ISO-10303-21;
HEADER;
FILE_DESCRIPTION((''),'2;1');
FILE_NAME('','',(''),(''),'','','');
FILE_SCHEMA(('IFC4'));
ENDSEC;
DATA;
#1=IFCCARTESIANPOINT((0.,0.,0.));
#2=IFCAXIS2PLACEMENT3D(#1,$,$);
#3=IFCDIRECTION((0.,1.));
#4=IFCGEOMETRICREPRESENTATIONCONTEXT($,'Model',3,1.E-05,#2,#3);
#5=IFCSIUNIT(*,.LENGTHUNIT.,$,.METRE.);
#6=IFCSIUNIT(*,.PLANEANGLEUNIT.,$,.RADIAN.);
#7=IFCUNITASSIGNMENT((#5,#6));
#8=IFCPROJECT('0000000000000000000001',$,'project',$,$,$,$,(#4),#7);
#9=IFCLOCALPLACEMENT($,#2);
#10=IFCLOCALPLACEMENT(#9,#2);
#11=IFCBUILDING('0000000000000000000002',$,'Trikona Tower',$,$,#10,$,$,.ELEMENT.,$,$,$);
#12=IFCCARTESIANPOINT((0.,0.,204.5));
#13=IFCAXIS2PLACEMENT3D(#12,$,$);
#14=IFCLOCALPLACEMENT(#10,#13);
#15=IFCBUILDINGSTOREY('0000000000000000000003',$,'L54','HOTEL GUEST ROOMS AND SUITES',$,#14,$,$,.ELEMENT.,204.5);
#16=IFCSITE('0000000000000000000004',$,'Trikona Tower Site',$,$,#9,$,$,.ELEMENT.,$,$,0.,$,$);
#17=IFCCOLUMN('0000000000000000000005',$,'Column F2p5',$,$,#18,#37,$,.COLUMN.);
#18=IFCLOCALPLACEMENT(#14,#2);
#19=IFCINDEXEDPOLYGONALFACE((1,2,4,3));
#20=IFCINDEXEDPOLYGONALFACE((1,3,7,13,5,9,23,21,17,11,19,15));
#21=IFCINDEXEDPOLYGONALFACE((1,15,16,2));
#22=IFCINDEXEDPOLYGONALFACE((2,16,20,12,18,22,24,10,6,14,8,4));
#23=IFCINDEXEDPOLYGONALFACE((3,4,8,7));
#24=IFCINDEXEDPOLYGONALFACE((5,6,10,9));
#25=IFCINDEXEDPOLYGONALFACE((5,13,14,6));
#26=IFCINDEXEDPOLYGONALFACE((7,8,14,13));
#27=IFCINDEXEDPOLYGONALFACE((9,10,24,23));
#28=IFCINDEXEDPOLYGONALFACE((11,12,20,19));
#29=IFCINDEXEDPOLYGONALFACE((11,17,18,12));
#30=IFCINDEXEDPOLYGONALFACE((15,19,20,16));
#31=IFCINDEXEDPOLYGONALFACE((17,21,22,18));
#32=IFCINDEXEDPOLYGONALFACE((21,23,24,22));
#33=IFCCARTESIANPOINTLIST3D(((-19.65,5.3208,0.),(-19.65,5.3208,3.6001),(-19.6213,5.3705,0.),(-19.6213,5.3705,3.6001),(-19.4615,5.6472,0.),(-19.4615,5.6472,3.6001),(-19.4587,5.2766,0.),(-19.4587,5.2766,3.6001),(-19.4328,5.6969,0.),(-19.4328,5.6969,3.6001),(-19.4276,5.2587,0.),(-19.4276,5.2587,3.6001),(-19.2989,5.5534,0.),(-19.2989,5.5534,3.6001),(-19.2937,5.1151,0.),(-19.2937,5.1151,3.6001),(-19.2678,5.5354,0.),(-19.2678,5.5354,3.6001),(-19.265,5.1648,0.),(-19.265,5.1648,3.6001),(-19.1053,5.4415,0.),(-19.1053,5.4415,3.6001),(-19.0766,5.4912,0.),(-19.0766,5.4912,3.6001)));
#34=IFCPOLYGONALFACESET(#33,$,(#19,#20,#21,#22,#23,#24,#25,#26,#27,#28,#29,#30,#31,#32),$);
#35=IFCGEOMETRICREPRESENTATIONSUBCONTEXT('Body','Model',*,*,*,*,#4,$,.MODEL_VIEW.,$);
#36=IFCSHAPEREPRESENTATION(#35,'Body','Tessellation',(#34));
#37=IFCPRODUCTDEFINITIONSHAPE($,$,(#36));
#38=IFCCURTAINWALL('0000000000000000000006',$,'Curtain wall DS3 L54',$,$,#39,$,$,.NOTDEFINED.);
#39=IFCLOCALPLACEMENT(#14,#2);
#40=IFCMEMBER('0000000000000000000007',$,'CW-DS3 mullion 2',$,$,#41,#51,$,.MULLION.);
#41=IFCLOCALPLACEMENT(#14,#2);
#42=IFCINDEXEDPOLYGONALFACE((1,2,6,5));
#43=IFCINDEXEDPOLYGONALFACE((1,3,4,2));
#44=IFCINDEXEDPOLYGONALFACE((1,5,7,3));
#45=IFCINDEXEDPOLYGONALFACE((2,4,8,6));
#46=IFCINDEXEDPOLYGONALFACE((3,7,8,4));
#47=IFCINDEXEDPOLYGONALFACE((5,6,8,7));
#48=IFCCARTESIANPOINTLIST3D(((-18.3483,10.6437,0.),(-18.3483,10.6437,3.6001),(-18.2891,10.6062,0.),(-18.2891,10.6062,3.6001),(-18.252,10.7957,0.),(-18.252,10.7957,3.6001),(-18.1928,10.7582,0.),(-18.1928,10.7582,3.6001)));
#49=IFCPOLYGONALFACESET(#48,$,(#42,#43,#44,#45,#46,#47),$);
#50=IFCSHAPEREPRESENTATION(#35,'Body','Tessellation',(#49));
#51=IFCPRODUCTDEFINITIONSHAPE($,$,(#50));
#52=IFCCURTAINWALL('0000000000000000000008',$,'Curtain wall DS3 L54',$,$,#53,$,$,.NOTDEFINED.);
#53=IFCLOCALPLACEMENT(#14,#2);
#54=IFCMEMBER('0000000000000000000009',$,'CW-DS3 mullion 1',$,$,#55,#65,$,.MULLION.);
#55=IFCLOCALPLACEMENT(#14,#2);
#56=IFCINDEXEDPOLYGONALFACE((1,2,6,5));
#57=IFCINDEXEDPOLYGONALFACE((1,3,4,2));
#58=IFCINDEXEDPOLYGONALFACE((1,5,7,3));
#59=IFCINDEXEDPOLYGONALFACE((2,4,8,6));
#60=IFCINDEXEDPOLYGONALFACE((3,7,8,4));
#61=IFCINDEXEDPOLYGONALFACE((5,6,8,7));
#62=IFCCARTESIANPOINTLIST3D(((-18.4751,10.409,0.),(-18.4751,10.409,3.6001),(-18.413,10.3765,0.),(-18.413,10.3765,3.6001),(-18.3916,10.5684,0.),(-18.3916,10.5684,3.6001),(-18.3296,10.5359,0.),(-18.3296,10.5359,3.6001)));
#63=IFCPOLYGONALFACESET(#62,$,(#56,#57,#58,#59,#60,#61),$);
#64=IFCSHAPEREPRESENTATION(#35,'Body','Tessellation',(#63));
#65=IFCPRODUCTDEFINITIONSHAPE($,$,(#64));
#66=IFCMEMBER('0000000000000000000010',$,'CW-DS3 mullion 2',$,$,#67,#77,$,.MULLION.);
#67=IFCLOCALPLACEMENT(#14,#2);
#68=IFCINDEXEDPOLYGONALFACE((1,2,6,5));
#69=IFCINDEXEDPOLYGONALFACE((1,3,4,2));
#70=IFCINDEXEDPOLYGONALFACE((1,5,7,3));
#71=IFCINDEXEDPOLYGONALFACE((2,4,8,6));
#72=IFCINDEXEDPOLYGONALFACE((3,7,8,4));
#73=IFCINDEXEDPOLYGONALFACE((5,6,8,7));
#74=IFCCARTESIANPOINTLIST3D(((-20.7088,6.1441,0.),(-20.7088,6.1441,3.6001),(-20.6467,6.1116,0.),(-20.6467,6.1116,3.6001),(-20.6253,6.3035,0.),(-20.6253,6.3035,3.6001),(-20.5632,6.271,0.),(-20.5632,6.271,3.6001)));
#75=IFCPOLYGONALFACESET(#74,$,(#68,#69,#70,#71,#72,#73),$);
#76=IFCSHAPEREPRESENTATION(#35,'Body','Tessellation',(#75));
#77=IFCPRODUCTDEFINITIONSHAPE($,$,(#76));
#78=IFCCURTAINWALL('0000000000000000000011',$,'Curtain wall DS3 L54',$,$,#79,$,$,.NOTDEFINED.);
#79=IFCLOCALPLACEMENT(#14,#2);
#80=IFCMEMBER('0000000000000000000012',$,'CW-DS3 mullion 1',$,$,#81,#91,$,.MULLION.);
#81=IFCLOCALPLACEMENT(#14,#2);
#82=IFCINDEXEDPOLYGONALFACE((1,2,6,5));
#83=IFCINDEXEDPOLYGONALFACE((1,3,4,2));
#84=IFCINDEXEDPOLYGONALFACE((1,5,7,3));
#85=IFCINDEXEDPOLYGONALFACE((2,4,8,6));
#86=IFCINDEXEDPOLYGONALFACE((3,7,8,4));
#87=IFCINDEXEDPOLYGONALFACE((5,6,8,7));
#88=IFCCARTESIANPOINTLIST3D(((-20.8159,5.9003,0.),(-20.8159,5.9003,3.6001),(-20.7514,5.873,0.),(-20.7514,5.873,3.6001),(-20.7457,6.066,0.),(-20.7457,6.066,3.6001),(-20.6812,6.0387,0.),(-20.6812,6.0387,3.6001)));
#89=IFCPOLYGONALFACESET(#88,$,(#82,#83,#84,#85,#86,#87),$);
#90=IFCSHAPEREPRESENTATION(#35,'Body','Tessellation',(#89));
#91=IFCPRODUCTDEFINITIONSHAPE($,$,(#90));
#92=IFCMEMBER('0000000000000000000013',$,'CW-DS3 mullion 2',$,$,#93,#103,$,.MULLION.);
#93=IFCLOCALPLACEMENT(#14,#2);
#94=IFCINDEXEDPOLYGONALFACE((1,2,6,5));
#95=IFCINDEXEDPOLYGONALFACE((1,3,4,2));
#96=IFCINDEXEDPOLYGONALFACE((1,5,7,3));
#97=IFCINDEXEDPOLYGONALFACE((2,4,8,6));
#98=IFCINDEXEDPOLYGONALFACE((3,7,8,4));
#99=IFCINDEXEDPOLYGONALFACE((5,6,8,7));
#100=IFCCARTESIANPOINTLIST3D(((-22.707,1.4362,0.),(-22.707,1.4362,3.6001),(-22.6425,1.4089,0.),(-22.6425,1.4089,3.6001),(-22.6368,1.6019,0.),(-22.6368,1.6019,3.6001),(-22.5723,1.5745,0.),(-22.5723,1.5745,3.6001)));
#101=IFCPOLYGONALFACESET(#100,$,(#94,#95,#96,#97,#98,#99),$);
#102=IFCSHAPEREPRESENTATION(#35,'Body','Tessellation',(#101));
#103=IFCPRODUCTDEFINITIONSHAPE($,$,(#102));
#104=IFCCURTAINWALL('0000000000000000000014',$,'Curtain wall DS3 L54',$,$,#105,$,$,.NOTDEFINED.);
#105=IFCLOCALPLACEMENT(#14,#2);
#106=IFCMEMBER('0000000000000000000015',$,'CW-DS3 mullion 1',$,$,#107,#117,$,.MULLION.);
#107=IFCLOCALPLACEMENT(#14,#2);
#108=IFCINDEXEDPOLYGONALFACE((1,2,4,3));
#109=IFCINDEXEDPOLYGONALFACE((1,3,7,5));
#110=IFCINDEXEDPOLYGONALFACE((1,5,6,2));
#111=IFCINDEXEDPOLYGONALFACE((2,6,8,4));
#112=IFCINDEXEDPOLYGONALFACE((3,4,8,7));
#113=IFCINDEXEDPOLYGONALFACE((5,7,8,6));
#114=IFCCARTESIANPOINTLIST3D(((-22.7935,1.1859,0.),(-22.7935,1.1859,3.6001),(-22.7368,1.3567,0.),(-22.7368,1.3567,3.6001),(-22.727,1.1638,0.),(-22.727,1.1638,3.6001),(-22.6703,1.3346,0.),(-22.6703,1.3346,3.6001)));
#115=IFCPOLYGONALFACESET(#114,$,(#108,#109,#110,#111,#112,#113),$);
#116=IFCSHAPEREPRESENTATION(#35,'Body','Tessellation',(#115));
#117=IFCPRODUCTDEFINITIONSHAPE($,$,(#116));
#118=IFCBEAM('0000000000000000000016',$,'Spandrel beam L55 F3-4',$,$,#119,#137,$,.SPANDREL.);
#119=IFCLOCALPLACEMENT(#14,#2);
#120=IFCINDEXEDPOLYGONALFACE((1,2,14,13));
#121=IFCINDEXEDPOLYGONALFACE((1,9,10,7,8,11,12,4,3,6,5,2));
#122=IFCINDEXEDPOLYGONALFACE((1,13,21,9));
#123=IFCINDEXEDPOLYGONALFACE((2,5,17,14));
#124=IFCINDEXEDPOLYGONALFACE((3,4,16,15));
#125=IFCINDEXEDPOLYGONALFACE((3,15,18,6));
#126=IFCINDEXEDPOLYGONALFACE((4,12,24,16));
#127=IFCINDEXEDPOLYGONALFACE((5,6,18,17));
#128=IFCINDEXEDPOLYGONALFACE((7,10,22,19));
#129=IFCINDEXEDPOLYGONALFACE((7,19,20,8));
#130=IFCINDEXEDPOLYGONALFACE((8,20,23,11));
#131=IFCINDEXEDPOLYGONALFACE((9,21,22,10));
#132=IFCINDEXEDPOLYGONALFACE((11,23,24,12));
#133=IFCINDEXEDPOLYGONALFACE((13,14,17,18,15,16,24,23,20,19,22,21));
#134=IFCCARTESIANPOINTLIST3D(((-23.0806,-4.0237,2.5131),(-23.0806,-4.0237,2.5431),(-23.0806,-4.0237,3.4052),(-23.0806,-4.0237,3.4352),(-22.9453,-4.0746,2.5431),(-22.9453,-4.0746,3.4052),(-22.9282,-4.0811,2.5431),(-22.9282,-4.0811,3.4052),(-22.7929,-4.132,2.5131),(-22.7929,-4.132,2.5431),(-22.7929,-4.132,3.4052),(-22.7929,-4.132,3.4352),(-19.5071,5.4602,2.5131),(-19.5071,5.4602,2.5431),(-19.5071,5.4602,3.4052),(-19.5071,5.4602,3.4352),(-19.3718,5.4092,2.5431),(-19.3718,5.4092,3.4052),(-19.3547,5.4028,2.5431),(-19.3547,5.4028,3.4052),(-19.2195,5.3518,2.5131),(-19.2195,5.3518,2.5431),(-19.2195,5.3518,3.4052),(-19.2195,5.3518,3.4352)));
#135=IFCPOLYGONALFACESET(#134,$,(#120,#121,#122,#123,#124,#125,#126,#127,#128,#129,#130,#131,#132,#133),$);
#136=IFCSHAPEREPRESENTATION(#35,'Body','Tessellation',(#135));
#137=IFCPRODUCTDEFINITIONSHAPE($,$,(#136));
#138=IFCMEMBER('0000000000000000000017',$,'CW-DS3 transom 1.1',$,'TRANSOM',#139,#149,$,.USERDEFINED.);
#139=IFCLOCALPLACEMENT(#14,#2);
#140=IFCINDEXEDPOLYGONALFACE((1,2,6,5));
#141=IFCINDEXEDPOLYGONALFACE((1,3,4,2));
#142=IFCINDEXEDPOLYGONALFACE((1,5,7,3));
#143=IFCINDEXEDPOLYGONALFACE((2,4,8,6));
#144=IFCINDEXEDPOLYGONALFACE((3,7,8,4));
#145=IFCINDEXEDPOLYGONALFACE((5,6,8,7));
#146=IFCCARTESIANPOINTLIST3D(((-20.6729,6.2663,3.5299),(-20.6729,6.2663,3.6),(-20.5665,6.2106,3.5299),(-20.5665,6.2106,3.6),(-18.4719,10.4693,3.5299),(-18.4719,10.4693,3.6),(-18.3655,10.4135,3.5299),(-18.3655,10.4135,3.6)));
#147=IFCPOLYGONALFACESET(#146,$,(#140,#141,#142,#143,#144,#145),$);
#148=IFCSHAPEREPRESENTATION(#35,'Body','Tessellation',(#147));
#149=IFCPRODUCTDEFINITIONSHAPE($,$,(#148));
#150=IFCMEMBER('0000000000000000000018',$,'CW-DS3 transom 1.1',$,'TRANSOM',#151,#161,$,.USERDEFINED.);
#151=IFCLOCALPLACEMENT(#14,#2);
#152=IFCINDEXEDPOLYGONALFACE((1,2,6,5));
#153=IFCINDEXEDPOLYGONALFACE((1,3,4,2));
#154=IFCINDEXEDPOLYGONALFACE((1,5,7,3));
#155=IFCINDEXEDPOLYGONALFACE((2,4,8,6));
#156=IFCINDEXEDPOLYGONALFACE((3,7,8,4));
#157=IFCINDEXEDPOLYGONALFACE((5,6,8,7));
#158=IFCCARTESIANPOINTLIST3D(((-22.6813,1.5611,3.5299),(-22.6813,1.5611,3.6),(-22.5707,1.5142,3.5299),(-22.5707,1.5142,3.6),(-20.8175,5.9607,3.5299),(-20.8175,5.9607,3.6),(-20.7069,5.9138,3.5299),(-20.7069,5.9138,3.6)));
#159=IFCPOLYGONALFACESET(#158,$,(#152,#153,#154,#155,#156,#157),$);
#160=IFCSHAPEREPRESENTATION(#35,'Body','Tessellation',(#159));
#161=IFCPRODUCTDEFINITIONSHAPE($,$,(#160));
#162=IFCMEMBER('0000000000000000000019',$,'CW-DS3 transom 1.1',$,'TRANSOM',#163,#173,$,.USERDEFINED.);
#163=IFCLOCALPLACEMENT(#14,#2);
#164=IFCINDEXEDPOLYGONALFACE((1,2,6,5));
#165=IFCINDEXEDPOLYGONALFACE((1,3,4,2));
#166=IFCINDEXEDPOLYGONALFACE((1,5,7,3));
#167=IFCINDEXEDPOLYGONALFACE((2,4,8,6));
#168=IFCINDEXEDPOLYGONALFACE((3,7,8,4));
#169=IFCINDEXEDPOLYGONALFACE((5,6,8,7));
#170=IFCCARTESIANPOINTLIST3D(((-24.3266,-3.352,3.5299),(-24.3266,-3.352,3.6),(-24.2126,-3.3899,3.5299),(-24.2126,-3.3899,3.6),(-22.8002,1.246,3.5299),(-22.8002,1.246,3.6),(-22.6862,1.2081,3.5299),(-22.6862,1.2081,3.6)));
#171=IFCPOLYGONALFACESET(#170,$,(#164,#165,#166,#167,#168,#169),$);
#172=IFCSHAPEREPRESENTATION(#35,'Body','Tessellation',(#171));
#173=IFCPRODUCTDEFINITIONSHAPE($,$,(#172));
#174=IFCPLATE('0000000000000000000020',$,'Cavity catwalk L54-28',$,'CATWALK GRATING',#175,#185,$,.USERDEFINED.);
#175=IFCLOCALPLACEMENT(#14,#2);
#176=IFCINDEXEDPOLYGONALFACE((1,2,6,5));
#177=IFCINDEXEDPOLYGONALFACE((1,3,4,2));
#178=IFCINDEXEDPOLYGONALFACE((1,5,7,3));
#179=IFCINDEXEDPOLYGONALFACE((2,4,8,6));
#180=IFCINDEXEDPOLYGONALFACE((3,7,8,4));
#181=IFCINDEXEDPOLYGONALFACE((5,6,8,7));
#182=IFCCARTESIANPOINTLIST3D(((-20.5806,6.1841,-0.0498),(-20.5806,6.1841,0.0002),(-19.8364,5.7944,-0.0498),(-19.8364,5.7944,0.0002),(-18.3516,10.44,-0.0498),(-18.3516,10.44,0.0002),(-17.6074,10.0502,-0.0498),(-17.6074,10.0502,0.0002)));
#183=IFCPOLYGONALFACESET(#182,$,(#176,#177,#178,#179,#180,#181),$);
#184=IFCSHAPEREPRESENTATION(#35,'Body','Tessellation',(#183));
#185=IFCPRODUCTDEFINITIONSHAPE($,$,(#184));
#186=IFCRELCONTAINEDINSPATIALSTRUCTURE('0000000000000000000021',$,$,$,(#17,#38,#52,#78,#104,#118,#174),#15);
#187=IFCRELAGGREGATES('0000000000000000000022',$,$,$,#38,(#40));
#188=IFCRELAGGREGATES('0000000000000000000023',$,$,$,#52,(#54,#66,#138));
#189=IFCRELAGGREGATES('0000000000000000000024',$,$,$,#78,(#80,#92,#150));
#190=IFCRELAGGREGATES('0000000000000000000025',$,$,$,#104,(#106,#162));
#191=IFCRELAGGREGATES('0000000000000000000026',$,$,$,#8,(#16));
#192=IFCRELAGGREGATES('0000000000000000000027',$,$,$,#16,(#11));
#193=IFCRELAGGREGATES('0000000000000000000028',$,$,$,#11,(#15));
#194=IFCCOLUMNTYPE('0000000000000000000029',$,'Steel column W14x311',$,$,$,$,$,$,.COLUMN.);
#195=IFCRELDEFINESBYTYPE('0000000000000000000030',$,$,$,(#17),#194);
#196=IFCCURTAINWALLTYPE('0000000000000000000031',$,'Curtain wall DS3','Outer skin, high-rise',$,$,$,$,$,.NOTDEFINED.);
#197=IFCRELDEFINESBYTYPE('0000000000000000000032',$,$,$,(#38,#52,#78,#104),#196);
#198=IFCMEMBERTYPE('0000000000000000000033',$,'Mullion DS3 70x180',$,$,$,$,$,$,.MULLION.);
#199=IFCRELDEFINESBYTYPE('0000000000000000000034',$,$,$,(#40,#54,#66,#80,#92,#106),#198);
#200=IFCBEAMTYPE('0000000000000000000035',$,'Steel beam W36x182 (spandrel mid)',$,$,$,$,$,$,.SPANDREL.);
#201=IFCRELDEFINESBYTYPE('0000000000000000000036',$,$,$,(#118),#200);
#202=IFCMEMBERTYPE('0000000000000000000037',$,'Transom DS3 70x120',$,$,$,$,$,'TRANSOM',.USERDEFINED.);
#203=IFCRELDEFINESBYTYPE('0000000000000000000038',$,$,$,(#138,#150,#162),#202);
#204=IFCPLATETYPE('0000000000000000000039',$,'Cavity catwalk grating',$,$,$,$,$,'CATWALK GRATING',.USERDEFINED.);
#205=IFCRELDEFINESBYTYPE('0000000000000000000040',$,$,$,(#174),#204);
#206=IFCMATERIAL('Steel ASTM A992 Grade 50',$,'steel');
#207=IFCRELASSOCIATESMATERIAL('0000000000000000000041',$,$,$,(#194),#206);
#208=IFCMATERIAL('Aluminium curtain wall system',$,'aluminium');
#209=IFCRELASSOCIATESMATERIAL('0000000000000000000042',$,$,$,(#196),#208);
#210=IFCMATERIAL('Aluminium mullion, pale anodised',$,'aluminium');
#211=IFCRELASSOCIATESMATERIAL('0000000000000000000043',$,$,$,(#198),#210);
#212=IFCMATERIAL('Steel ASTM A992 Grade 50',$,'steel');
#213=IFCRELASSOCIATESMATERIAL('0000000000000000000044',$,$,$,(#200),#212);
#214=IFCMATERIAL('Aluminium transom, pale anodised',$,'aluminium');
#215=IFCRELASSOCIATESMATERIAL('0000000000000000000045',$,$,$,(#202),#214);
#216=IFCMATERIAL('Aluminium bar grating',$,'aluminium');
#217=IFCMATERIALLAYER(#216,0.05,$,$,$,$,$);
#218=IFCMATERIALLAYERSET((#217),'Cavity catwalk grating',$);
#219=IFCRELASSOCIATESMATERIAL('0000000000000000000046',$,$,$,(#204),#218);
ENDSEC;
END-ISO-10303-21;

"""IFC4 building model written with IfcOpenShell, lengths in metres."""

from ifc_helpers import new_model, si_unit, direction, frame, origin, origin_2d, place, context, subcontext, project, spatial, rectangle, i_section, extrude, material, layer, layer_set, material_profile, profile_set, type_object, element, aggregate, save


model = new_model("IFC4")

# Units and contexts
model_context = context("Model", 3, precision=1e-05, world=origin(), true_north=direction((0.0, 1.0)))
body_context = subcontext(model_context, "Body", "Model", "MODEL_VIEW")
ifc_project = project(units=[si_unit("LENGTHUNIT", "METRE"), si_unit("PLANEANGLEUNIT", "RADIAN")], contexts=[model_context])

# Site, building, storey
site_placement = place(None, origin())
site = spatial("IfcSite", under=ifc_project, at=site_placement, Name="Trikona Tower Site", CompositionType="ELEMENT", RefElevation=0.0)
building_placement = place(site_placement, origin())
building = spatial("IfcBuilding", under=site, at=building_placement, Name="Trikona Tower", CompositionType="ELEMENT")
storey_placement = place(building_placement, frame((0.0, 0.0, 204.5)))
storey = spatial("IfcBuildingStorey", under=building, at=storey_placement, Name="L54", Description="HOTEL GUEST ROOMS AND SUITES", CompositionType="ELEMENT", Elevation=204.5)

# Column
ifc_material_1 = material(Name="Steel ASTM A992 Grade 50", Category="steel")
ifc_material_profile_1 = material_profile(ifc_material_1, i_section(OverallWidth=0.4114, OverallDepth=0.4343, WebThickness=0.0359, FlangeThickness=0.0574, at=origin_2d()), Name="W14X311")
ifc_profile_set_1 = profile_set([ifc_material_profile_1], Name="Steel ASTM A992 Grade 50")
column_type = type_object("IfcColumnType", Name="Steel column W14x311", PredefinedType="COLUMN", material=ifc_profile_set_1)
column_placement = place(storey_placement, frame((-19.3633, 5.406, 0.0), z_axis=(0.0, 0.0, 1.0), x_axis=(-0.866025, 0.5, 0.0)))
element("IfcColumn", 1, at=column_placement, inside=storey, type_object=column_type, Name="Column F2p5", PredefinedType="COLUMN", context=body_context, shape_type="SweptSolid", body=[
    extrude(i_section(OverallWidth=0.4114, OverallDepth=0.4343, WebThickness=0.0359, FlangeThickness=0.0574, at=origin_2d()), origin(), (0.0, 0.0, 1.0), 3.6001),
])

# Curtain wall, member
ifc_material_2 = material(Name="Aluminium curtain wall system", Category="aluminium")
curtain_wall_type = type_object("IfcCurtainWallType", Name="Curtain wall DS3", Description="Outer skin, high-rise", PredefinedType="NOTDEFINED", material=ifc_material_2)
curtain_wall_1_placement = place(storey_placement, origin())
curtain_wall_1 = element("IfcCurtainWall", 2, at=curtain_wall_1_placement, inside=storey, type_object=curtain_wall_type, Name="Curtain wall DS3 L54", PredefinedType="NOTDEFINED")
ifc_material_3 = material(Name="Aluminium mullion, pale anodised", Category="aluminium")
ifc_material_profile_2 = material_profile(ifc_material_3, rectangle(XDim=0.0701, YDim=0.1799, at=origin_2d()), Name="MUL-DS3")
ifc_profile_set_2 = profile_set([ifc_material_profile_2], Name="Aluminium mullion, pale anodised")
member_type_1 = type_object("IfcMemberType", Name="Mullion DS3 70x180", PredefinedType="MULLION", material=ifc_profile_set_2)
member_1_placement = place(storey_placement, frame((-18.2705, 10.7009, 0.0), z_axis=(0.0, 0.0, 1.0), x_axis=(0.844727, -0.535197, 0.0)))
member_1 = element("IfcMember", 3, at=member_1_placement, type_object=member_type_1, Name="CW-DS3 mullion 2", PredefinedType="MULLION", context=body_context, shape_type="SweptSolid", body=[
    extrude(rectangle(XDim=0.0701, YDim=0.1799, at=origin_2d()), origin(), (0.0, 0.0, 1.0), 3.6001),
])
aggregate(curtain_wall_1, [member_1])

# Curtain walls, members
curtain_wall_2_placement = place(storey_placement, origin())
curtain_wall_2 = element("IfcCurtainWall", 4, at=curtain_wall_2_placement, inside=storey, type_object=curtain_wall_type, Name="Curtain wall DS3 L54", PredefinedType="NOTDEFINED")
member_2_placement = place(storey_placement, frame((-18.4023, 10.4724, 0.0), z_axis=(0.0, 0.0, 1.0), x_axis=(0.885862, -0.463948, 0.0)))
member_2 = element("IfcMember", 5, at=member_2_placement, type_object=member_type_1, Name="CW-DS3 mullion 1", PredefinedType="MULLION", context=body_context, shape_type="SweptSolid", body=[
    extrude(rectangle(XDim=0.0701, YDim=0.1799, at=origin_2d()), origin(), (0.0, 0.0, 1.0), 3.6001),
])
member_3_placement = place(storey_placement, frame((-20.636, 6.2075, 0.0), z_axis=(0.0, 0.0, 1.0), x_axis=(0.885862, -0.463948, 0.0)))
member_3 = element("IfcMember", 6, at=member_3_placement, type_object=member_type_1, Name="CW-DS3 mullion 2", PredefinedType="MULLION", context=body_context, shape_type="SweptSolid", body=[
    extrude(rectangle(XDim=0.0701, YDim=0.1799, at=origin_2d()), origin(), (0.0, 0.0, 1.0), 3.6001),
])
curtain_wall_3_placement = place(storey_placement, origin())
curtain_wall_3 = element("IfcCurtainWall", 7, at=curtain_wall_3_placement, inside=storey, type_object=curtain_wall_type, Name="Curtain wall DS3 L54", PredefinedType="NOTDEFINED")
member_4_placement = place(storey_placement, frame((-20.7485, 5.9695, 0.0), z_axis=(0.0, 0.0, 1.0), x_axis=(0.920792, -0.390053, 0.0)))
member_4 = element("IfcMember", 8, at=member_4_placement, type_object=member_type_1, Name="CW-DS3 mullion 1", PredefinedType="MULLION", context=body_context, shape_type="SweptSolid", body=[
    extrude(rectangle(XDim=0.0701, YDim=0.1799, at=origin_2d()), origin(), (0.0, 0.0, 1.0), 3.6001),
])
member_5_placement = place(storey_placement, frame((-22.6396, 1.5054, 0.0), z_axis=(0.0, 0.0, 1.0), x_axis=(0.920792, -0.390053, 0.0)))
member_5 = element("IfcMember", 9, at=member_5_placement, type_object=member_type_1, Name="CW-DS3 mullion 2", PredefinedType="MULLION", context=body_context, shape_type="SweptSolid", body=[
    extrude(rectangle(XDim=0.0701, YDim=0.1799, at=origin_2d()), origin(), (0.0, 0.0, 1.0), 3.6001),
])

# Curtain wall, member
curtain_wall_4_placement = place(storey_placement, origin())
curtain_wall_4 = element("IfcCurtainWall", 10, at=curtain_wall_4_placement, inside=storey, type_object=curtain_wall_type, Name="Curtain wall DS3 L54", PredefinedType="NOTDEFINED")
member_6_placement = place(storey_placement, frame((-22.7319, 1.2603, 0.0), z_axis=(0.0, 0.0, 1.0), x_axis=(0.949066, -0.315078, 0.0)))
member_6 = element("IfcMember", 11, at=member_6_placement, type_object=member_type_1, Name="CW-DS3 mullion 1", PredefinedType="MULLION", context=body_context, shape_type="SweptSolid", body=[
    extrude(rectangle(XDim=0.0701, YDim=0.1799, at=origin_2d()), origin(), (0.0, 0.0, 1.0), 3.6001),
])

# Beam
ifc_material_4 = material(Name="Steel ASTM A992 Grade 50", Category="steel")
ifc_material_profile_3 = material_profile(ifc_material_4, i_section(OverallWidth=0.3074, OverallDepth=0.9221, WebThickness=0.0183, FlangeThickness=0.03, at=origin_2d()), Name="W36X182")
ifc_profile_set_3 = profile_set([ifc_material_profile_3], Name="Steel ASTM A992 Grade 50")
beam_type = type_object("IfcBeamType", Name="Steel beam W36x182 (spandrel mid)", PredefinedType="SPANDREL", material=ifc_profile_set_3)
beam_placement = place(storey_placement, frame((-19.3633, 5.406, 2.9741), z_axis=(-0.352596, -0.935776, 0.0), x_axis=(0.935776, -0.352596, 0.0)))
element("IfcBeam", 12, at=beam_placement, inside=storey, type_object=beam_type, Name="Spandrel beam L55 F3-4", PredefinedType="SPANDREL", context=body_context, shape_type="SweptSolid", body=[
    extrude(i_section(OverallWidth=0.3074, OverallDepth=0.9221, WebThickness=0.0183, FlangeThickness=0.03, at=origin_2d()), origin(), (0.0, 0.0, 1.0), 10.1348),
])

# Members
ifc_material_5 = material(Name="Aluminium transom, pale anodised", Category="aluminium")
ifc_material_profile_4 = material_profile(ifc_material_5, rectangle(XDim=0.1201, YDim=0.0701, at=origin_2d()), Name="TRN-DS3")
ifc_profile_set_4 = profile_set([ifc_material_profile_4], Name="Aluminium transom, pale anodised")
member_type_2 = type_object("IfcMemberType", Name="Transom DS3 70x120", ElementType="TRANSOM", PredefinedType="USERDEFINED", material=ifc_profile_set_4)
member_7_placement = place(storey_placement, frame((-18.4187, 10.4414, 3.5649), z_axis=(-0.463911, -0.885882, 0.0), x_axis=(0.885882, -0.463911, 0.0)))
member_7 = element("IfcMember", 13, at=member_7_placement, type_object=member_type_2, Name="CW-DS3 transom 1.1", ObjectType="TRANSOM", PredefinedType="USERDEFINED", context=body_context, shape_type="SweptSolid", body=[
    extrude(rectangle(XDim=0.1201, YDim=0.0701, at=origin_2d()), origin(), (0.0, 0.0, 1.0), 4.7444),
])
member_8_placement = place(storey_placement, frame((-20.7622, 5.9373, 3.5649), z_axis=(-0.390062, -0.920789, 0.0), x_axis=(0.920789, -0.390062, 0.0)))
member_8 = element("IfcMember", 14, at=member_8_placement, type_object=member_type_2, Name="CW-DS3 transom 1.1", ObjectType="TRANSOM", PredefinedType="USERDEFINED", context=body_context, shape_type="SweptSolid", body=[
    extrude(rectangle(XDim=0.1201, YDim=0.0701, at=origin_2d()), origin(), (0.0, 0.0, 1.0), 4.7781),
])
member_9_placement = place(storey_placement, frame((-22.7432, 1.2271, 3.5649), z_axis=(-0.315063, -0.949071, 0.0), x_axis=(0.949071, -0.315063, 0.0)))
member_9 = element("IfcMember", 15, at=member_9_placement, type_object=member_type_2, Name="CW-DS3 transom 1.1", ObjectType="TRANSOM", PredefinedType="USERDEFINED", context=body_context, shape_type="SweptSolid", body=[
    extrude(rectangle(XDim=0.1201, YDim=0.0701, at=origin_2d()), origin(), (0.0, 0.0, 1.0), 4.8447),
])

# Plate
ifc_material_6 = material(Name="Aluminium bar grating", Category="aluminium")
ifc_layer_1 = layer(ifc_material_6, 0.05)
ifc_layer_set_1 = layer_set([ifc_layer_1], Name="Cavity catwalk grating")
plate_type_1 = type_object("IfcPlateType", Name="Cavity catwalk grating", ElementType="CATWALK GRATING", PredefinedType="USERDEFINED", material=ifc_layer_set_1)
plate_1_placement = place(storey_placement, frame((-19.094, 8.1172, -0.0498), z_axis=(0.0, 0.0, 1.0), x_axis=(-0.463952, -0.88586, 0.0)))
element("IfcPlate", 16, at=plate_1_placement, inside=storey, type_object=plate_type_1, Name="Cavity catwalk L54-28", ObjectType="CATWALK GRATING", PredefinedType="USERDEFINED", context=body_context, shape_type="SweptSolid", body=[
    extrude(rectangle(XDim=4.8042, YDim=0.8401, at=origin_2d()), origin(), (0.0, 0.0, 1.0), 0.05),
])

aggregate(curtain_wall_2, [member_2, member_3, member_7])
aggregate(curtain_wall_3, [member_4, member_5, member_8])
aggregate(curtain_wall_4, [member_6, member_9])

save(model, "model.ifc")
